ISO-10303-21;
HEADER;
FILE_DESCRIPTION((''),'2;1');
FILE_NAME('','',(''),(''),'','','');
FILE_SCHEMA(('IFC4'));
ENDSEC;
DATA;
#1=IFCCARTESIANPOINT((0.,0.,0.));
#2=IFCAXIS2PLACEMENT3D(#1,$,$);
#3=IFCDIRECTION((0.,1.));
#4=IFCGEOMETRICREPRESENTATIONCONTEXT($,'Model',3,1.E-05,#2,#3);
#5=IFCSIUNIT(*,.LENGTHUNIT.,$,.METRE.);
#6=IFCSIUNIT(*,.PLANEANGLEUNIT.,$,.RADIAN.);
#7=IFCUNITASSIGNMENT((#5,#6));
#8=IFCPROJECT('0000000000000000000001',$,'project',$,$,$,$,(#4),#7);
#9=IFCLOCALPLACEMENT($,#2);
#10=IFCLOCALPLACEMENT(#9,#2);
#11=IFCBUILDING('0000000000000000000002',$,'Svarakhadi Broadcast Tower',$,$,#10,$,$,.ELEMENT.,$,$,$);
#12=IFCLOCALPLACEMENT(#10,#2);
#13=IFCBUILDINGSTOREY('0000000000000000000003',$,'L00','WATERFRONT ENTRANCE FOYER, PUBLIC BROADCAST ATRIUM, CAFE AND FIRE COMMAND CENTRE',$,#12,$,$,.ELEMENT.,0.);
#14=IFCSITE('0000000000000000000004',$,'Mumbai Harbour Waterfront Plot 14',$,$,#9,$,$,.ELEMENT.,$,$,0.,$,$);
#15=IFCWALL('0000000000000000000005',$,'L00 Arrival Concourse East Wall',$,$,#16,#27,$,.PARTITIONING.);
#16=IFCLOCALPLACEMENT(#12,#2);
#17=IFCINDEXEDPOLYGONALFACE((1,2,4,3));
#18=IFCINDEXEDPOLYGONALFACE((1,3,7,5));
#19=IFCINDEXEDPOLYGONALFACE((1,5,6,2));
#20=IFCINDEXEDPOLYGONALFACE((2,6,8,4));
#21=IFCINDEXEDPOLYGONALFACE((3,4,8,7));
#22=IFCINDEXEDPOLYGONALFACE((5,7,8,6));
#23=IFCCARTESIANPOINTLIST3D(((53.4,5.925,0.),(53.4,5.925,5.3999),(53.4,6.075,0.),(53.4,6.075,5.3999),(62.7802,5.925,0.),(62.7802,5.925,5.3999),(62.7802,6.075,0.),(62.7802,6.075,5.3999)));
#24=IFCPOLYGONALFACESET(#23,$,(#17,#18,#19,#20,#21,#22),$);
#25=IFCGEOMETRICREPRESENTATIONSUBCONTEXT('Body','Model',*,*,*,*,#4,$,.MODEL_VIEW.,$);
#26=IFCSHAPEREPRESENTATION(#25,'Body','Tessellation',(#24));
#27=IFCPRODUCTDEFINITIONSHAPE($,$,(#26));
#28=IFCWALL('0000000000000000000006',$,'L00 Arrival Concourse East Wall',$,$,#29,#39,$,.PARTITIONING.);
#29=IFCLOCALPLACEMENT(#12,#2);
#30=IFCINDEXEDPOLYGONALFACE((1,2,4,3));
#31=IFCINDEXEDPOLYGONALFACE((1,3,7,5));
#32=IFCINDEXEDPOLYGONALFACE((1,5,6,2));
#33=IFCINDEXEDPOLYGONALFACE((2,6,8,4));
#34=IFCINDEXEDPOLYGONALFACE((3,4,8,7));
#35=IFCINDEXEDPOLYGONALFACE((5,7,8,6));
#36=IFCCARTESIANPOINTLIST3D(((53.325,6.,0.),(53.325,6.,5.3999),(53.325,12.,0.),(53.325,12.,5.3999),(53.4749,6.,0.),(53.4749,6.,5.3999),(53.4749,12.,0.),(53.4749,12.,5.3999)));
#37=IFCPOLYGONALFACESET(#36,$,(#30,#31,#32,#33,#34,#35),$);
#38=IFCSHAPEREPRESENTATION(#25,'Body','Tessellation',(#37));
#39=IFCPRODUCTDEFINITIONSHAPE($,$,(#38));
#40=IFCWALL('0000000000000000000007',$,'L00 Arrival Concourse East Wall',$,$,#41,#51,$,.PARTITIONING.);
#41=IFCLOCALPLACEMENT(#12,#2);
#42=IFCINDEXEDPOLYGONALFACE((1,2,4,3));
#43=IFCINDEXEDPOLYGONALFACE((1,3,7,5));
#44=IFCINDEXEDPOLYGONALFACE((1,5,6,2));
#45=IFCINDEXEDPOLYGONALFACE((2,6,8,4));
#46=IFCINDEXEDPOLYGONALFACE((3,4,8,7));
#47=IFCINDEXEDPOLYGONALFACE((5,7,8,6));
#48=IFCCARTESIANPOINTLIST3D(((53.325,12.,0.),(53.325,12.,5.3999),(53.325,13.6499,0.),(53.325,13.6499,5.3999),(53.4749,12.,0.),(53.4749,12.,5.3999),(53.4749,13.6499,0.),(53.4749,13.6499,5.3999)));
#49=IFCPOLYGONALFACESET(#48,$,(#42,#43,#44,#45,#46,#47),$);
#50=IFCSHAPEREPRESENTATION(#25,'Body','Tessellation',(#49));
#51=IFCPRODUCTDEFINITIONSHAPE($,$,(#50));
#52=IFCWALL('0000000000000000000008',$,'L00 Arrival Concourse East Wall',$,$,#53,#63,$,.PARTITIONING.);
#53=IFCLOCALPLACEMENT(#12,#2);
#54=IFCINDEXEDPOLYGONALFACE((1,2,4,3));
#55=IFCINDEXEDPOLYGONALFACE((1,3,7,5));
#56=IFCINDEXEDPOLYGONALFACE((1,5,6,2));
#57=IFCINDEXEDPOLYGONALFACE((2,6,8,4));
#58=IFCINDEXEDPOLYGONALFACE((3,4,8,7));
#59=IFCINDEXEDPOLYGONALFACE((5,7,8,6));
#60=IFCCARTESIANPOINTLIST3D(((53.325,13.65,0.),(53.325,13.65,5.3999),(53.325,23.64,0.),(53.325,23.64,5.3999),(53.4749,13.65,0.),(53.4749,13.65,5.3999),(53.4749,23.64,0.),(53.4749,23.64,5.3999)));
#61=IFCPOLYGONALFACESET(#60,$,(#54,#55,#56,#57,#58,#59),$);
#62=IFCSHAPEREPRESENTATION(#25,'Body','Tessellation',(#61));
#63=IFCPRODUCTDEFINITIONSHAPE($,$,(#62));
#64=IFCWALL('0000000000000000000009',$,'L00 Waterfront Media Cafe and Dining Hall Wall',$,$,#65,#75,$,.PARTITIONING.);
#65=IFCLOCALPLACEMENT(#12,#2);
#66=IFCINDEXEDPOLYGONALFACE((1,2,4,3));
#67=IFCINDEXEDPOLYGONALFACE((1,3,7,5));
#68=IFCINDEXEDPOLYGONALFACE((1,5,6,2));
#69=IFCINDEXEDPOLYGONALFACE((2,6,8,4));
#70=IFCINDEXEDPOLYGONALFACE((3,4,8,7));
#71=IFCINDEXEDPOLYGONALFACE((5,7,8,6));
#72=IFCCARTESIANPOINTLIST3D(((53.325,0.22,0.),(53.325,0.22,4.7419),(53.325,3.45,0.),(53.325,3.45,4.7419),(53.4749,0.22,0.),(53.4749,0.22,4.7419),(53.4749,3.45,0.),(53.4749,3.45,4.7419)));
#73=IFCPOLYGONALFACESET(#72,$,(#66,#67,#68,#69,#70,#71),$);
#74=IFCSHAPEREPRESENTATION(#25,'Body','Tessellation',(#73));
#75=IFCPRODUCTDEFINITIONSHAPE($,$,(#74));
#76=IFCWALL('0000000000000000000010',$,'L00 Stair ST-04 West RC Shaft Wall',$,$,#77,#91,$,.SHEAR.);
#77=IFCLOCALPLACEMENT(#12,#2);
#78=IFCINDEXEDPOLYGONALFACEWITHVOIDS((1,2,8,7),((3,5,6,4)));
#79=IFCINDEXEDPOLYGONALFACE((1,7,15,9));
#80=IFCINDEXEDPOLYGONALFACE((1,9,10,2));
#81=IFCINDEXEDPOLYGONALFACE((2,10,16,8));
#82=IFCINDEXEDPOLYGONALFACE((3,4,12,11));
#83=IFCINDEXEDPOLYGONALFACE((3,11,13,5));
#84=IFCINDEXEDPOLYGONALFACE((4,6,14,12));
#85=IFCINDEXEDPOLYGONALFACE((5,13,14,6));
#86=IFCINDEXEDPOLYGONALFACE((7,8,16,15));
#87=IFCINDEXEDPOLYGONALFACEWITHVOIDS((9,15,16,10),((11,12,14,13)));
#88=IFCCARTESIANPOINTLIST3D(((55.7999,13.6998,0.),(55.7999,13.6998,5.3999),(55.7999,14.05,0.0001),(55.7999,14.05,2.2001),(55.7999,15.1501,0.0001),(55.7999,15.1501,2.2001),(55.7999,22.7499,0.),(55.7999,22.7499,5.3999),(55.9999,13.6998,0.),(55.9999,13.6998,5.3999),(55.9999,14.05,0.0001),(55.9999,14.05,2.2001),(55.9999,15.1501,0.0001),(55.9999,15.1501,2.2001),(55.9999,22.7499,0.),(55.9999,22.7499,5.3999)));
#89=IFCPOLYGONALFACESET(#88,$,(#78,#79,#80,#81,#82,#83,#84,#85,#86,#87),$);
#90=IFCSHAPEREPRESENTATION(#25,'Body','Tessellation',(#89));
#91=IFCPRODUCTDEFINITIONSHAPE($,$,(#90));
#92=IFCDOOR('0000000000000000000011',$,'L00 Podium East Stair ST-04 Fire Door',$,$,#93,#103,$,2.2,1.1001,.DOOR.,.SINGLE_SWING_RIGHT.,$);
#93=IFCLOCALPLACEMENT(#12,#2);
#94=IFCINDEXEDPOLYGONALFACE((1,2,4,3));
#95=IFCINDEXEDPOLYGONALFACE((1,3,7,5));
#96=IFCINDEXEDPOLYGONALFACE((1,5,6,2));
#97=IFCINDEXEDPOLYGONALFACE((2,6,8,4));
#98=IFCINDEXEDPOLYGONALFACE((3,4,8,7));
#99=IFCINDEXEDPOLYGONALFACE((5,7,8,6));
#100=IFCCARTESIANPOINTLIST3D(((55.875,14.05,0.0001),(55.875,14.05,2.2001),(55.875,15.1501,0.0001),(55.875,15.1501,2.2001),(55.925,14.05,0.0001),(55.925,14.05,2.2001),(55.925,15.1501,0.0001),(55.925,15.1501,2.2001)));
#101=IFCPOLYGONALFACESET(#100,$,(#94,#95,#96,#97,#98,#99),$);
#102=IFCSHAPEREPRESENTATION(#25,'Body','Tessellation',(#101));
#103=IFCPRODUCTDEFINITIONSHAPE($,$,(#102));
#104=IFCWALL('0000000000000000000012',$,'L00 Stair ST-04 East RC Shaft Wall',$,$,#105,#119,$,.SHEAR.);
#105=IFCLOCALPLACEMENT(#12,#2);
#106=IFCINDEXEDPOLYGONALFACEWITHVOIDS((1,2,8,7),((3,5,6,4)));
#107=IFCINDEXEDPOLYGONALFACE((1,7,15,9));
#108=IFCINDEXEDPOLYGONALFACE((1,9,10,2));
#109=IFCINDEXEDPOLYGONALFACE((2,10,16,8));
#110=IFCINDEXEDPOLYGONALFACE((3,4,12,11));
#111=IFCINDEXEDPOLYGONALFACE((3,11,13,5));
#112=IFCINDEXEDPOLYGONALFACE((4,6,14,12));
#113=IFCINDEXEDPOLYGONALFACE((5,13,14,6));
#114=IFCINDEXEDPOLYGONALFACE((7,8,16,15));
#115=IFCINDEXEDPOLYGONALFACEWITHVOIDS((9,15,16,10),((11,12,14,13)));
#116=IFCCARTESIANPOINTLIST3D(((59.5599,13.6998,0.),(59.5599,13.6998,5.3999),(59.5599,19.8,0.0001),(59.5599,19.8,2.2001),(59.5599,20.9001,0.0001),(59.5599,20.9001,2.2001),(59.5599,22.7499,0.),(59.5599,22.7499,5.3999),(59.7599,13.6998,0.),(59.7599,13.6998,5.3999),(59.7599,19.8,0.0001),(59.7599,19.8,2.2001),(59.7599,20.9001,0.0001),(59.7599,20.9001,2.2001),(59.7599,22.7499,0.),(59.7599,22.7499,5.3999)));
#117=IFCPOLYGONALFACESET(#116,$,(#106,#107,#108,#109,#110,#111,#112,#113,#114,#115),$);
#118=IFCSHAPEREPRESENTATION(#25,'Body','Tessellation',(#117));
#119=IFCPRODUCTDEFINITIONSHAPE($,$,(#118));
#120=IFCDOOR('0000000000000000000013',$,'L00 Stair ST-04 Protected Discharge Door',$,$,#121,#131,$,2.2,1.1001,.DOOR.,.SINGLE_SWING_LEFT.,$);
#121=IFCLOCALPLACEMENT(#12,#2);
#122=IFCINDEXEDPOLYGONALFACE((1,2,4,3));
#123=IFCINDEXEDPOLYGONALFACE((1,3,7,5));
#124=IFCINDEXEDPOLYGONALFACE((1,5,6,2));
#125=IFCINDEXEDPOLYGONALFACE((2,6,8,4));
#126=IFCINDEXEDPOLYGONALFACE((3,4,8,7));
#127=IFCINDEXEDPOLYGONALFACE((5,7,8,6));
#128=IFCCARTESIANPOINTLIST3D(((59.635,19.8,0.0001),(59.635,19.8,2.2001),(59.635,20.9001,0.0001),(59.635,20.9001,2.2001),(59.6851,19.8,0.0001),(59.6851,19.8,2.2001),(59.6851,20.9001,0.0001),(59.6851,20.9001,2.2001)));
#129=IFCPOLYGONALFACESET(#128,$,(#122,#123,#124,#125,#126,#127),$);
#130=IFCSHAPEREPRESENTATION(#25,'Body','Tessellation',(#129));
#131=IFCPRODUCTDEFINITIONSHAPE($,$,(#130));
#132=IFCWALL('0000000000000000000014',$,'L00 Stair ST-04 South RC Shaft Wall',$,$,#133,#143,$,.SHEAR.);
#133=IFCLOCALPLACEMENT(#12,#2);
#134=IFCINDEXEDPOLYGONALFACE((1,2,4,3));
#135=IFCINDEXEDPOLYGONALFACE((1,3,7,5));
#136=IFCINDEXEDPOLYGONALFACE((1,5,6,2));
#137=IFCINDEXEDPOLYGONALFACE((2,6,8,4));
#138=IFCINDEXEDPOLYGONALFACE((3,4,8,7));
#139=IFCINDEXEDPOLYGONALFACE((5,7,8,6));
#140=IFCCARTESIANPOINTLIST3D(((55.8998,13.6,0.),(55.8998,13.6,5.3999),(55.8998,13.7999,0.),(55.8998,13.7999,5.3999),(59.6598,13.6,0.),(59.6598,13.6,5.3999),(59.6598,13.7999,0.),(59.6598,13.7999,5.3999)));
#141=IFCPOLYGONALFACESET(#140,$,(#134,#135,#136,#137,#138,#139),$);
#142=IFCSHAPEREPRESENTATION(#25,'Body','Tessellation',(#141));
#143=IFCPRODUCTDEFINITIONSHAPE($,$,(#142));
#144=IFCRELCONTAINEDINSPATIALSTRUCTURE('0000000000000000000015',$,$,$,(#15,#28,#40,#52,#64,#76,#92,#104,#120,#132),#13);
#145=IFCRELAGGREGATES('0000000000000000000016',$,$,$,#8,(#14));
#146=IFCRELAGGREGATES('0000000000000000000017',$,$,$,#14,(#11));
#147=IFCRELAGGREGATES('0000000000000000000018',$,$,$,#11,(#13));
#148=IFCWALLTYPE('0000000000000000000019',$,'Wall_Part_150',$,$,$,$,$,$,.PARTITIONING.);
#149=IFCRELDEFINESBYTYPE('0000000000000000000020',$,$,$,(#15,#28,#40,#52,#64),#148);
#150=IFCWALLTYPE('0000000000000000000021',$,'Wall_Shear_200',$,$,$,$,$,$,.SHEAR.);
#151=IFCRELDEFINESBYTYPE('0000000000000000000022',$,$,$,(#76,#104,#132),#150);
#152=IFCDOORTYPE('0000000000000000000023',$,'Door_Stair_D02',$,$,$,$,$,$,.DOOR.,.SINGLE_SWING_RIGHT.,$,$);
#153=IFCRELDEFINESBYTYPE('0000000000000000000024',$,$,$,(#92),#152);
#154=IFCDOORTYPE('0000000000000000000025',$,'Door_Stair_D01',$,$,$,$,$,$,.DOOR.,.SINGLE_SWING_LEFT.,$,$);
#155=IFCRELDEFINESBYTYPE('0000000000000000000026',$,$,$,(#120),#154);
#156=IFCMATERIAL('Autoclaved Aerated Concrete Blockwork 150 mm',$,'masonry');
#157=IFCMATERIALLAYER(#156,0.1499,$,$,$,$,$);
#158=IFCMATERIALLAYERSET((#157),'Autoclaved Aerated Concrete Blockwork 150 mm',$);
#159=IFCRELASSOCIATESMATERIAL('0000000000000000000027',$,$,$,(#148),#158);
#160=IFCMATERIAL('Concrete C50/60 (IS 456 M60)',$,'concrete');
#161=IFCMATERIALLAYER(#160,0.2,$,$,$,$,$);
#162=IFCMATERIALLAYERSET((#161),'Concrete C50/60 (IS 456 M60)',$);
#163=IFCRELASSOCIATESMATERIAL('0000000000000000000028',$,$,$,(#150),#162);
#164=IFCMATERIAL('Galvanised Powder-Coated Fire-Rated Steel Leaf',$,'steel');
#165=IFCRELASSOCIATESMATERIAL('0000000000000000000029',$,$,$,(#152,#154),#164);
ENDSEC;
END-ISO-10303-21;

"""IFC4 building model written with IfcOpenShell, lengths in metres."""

from ifc_helpers import new_model, si_unit, direction, frame, frame_2d, origin, place, context, subcontext, project, spatial, rectangle, extrude, material, layer, layer_set, type_object, element, fill, save


model = new_model("IFC4")

# Units and contexts
model_context = context("Model", 3, precision=1e-05, world=origin(), true_north=direction((0.0, 1.0)))
body_context = subcontext(model_context, "Body", "Model", "MODEL_VIEW")
ifc_project = project(units=[si_unit("LENGTHUNIT", "METRE"), si_unit("PLANEANGLEUNIT", "RADIAN")], contexts=[model_context])

# Site, building, storey
site_placement = place(None, origin())
site = spatial("IfcSite", under=ifc_project, at=site_placement, Name="Mumbai Harbour Waterfront Plot 14", CompositionType="ELEMENT", RefElevation=0.0)
building_placement = place(site_placement, origin())
building = spatial("IfcBuilding", under=site, at=building_placement, Name="Svarakhadi Broadcast Tower", CompositionType="ELEMENT")
storey_placement = place(building_placement, origin())
storey = spatial("IfcBuildingStorey", under=building, at=storey_placement, Name="L00", Description="WATERFRONT ENTRANCE FOYER, PUBLIC BROADCAST ATRIUM, CAFE AND FIRE COMMAND CENTRE", CompositionType="ELEMENT", Elevation=0.0)

# Shared definitions
ifc_material_1 = material(Name="Concrete C50/60 (IS 456 M60)", Category="concrete")

# Walls
ifc_material_2 = material(Name="Autoclaved Aerated Concrete Blockwork 150 mm", Category="masonry")
ifc_layer_1 = layer(ifc_material_2, 0.1499)
ifc_layer_set_1 = layer_set([ifc_layer_1], Name="Autoclaved Aerated Concrete Blockwork 150 mm")
wall_type_1 = type_object("IfcWallType", Name="Wall_Part_150", PredefinedType="PARTITIONING", material=ifc_layer_set_1)
wall_1_placement = place(storey_placement, frame((62.78, 6.0, 0.0), z_axis=(0.0, 0.0, 1.0), x_axis=(-1.0, 0.0, 0.0)))
element("IfcWall", 1, at=wall_1_placement, inside=storey, type_object=wall_type_1, Name="L00 Arrival Concourse East Wall", PredefinedType="PARTITIONING", context=body_context, shape_type="SweptSolid", body=[
    extrude(rectangle(XDim=9.3801, YDim=0.1499, at=frame_2d((4.6899, 0.0))), origin(), (0.0, 0.0, 1.0), 5.3999),
])
wall_2_placement = place(storey_placement, frame((53.3999, 6.0, 0.0), z_axis=(0.0, 0.0, 1.0), x_axis=(0.0, 1.0, 0.0)))
element("IfcWall", 2, at=wall_2_placement, inside=storey, type_object=wall_type_1, Name="L00 Arrival Concourse East Wall", PredefinedType="PARTITIONING", context=body_context, shape_type="SweptSolid", body=[
    extrude(rectangle(XDim=6.0, YDim=0.1499, at=frame_2d((3.0, 0.0))), origin(), (0.0, 0.0, 1.0), 5.3999),
])
wall_3_placement = place(storey_placement, frame((53.3999, 12.0, 0.0), z_axis=(0.0, 0.0, 1.0), x_axis=(0.0, 1.0, 0.0)))
element("IfcWall", 3, at=wall_3_placement, inside=storey, type_object=wall_type_1, Name="L00 Arrival Concourse East Wall", PredefinedType="PARTITIONING", context=body_context, shape_type="SweptSolid", body=[
    extrude(rectangle(XDim=1.6499, YDim=0.1499, at=frame_2d((0.825, 0.0))), origin(), (0.0, 0.0, 1.0), 5.3999),
])
wall_4_placement = place(storey_placement, frame((53.3999, 13.6499, 0.0), z_axis=(0.0, 0.0, 1.0), x_axis=(0.0, 1.0, 0.0)))
element("IfcWall", 4, at=wall_4_placement, inside=storey, type_object=wall_type_1, Name="L00 Arrival Concourse East Wall", PredefinedType="PARTITIONING", context=body_context, shape_type="SweptSolid", body=[
    extrude(rectangle(XDim=9.99, YDim=0.1499, at=frame_2d((4.9951, 0.0))), origin(), (0.0, 0.0, 1.0), 5.3999),
])
wall_5_placement = place(storey_placement, frame((53.3999, 0.22, 0.0), z_axis=(0.0, 0.0, 1.0), x_axis=(0.0, 1.0, 0.0)))
element("IfcWall", 5, at=wall_5_placement, inside=storey, type_object=wall_type_1, Name="L00 Waterfront Media Cafe and Dining Hall Wall", PredefinedType="PARTITIONING", context=body_context, shape_type="SweptSolid", body=[
    extrude(rectangle(XDim=3.23, YDim=0.1499, at=frame_2d((1.615, 0.0))), origin(), (0.0, 0.0, 1.0), 4.7419),
])

# Walls, openings, doors
ifc_layer_2 = layer(ifc_material_1, 0.2)
ifc_layer_set_2 = layer_set([ifc_layer_2], Name="Concrete C50/60 (IS 456 M60)")
wall_type_2 = type_object("IfcWallType", Name="Wall_Shear_200", PredefinedType="SHEAR", material=ifc_layer_set_2)
wall_6_placement = place(storey_placement, frame((55.8999, 13.7, 0.0), z_axis=(0.0, 0.0, 1.0), x_axis=(0.0, 1.0, 0.0)))
wall_6 = element("IfcWall", 6, at=wall_6_placement, inside=storey, type_object=wall_type_2, Name="L00 Stair ST-04 West RC Shaft Wall", PredefinedType="SHEAR", context=body_context, shape_type="SweptSolid", body=[
    extrude(rectangle(XDim=9.05, YDim=0.2, at=frame_2d((4.5249, 0.0))), origin(), (0.0, 0.0, 1.0), 5.3999),
])
opening_1_placement = place(wall_6_placement, frame((0.3501, 0.0, 0.0)))
opening_1 = element("IfcOpeningElement", 7, at=opening_1_placement, cuts=wall_6, PredefinedType="OPENING", context=body_context, shape_type="SweptSolid", body=[
    extrude(rectangle(XDim=1.1001, YDim=2.2, at=frame_2d((0.55, 1.1001))), frame((0.0, 0.1099, 0.0), z_axis=(0.0, -1.0, 0.0), x_axis=(1.0, 0.0, 0.0)), (0.0, 0.0, 1.0), 0.22),
])
ifc_material_3 = material(Name="Galvanised Powder-Coated Fire-Rated Steel Leaf", Category="steel")
door_type_1 = type_object("IfcDoorType", Name="Door_Stair_D02", OperationType="SINGLE_SWING_RIGHT", PredefinedType="DOOR", material=ifc_material_3)
door_1_placement = place(opening_1_placement, origin())
door_1 = element("IfcDoor", 8, at=door_1_placement, inside=storey, type_object=door_type_1, Name="L00 Podium East Stair ST-04 Fire Door", OperationType="SINGLE_SWING_RIGHT", OverallHeight=2.2, OverallWidth=1.1001, PredefinedType="DOOR", context=body_context, shape_type="SweptSolid", body=[
    extrude(rectangle(XDim=1.1001, YDim=2.2, at=frame_2d((0.55, 1.1001))), frame((0.0, 0.0249, 0.0), z_axis=(0.0, -1.0, 0.0), x_axis=(1.0, 0.0, 0.0)), (0.0, 0.0, 1.0), 0.05),
])
fill(opening_1, door_1)
wall_7_placement = place(storey_placement, frame((59.6599, 13.7, 0.0), z_axis=(0.0, 0.0, 1.0), x_axis=(0.0, 1.0, 0.0)))
wall_7 = element("IfcWall", 9, at=wall_7_placement, inside=storey, type_object=wall_type_2, Name="L00 Stair ST-04 East RC Shaft Wall", PredefinedType="SHEAR", context=body_context, shape_type="SweptSolid", body=[
    extrude(rectangle(XDim=9.05, YDim=0.2, at=frame_2d((4.5249, 0.0))), origin(), (0.0, 0.0, 1.0), 5.3999),
])
opening_2_placement = place(wall_7_placement, frame((6.1001, 0.0, 0.0)))
opening_2 = element("IfcOpeningElement", 10, at=opening_2_placement, cuts=wall_7, PredefinedType="OPENING", context=body_context, shape_type="SweptSolid", body=[
    extrude(rectangle(XDim=1.1001, YDim=2.2, at=frame_2d((0.55, 1.1001))), frame((0.0, 0.1099, 0.0), z_axis=(0.0, -1.0, 0.0), x_axis=(1.0, 0.0, 0.0)), (0.0, 0.0, 1.0), 0.22),
])
door_type_2 = type_object("IfcDoorType", Name="Door_Stair_D01", OperationType="SINGLE_SWING_LEFT", PredefinedType="DOOR", material=ifc_material_3)
door_2_placement = place(opening_2_placement, origin())
door_2 = element("IfcDoor", 11, at=door_2_placement, inside=storey, type_object=door_type_2, Name="L00 Stair ST-04 Protected Discharge Door", OperationType="SINGLE_SWING_LEFT", OverallHeight=2.2, OverallWidth=1.1001, PredefinedType="DOOR", context=body_context, shape_type="SweptSolid", body=[
    extrude(rectangle(XDim=1.1001, YDim=2.2, at=frame_2d((0.55, 1.1001))), frame((0.0, 0.0249, 0.0), z_axis=(0.0, -1.0, 0.0), x_axis=(1.0, 0.0, 0.0)), (0.0, 0.0, 1.0), 0.05),
])
fill(opening_2, door_2)

# Wall
wall_8_placement = place(storey_placement, frame((55.8999, 13.7, 0.0), z_axis=(0.0, 0.0, 1.0), x_axis=(1.0, 0.0, 0.0)))
element("IfcWall", 12, at=wall_8_placement, inside=storey, type_object=wall_type_2, Name="L00 Stair ST-04 South RC Shaft Wall", PredefinedType="SHEAR", context=body_context, shape_type="SweptSolid", body=[
    extrude(rectangle(XDim=3.76, YDim=0.2, at=frame_2d((1.8799, 0.0))), origin(), (0.0, 0.0, 1.0), 5.3999),
])

save(model, "model.ifc")
